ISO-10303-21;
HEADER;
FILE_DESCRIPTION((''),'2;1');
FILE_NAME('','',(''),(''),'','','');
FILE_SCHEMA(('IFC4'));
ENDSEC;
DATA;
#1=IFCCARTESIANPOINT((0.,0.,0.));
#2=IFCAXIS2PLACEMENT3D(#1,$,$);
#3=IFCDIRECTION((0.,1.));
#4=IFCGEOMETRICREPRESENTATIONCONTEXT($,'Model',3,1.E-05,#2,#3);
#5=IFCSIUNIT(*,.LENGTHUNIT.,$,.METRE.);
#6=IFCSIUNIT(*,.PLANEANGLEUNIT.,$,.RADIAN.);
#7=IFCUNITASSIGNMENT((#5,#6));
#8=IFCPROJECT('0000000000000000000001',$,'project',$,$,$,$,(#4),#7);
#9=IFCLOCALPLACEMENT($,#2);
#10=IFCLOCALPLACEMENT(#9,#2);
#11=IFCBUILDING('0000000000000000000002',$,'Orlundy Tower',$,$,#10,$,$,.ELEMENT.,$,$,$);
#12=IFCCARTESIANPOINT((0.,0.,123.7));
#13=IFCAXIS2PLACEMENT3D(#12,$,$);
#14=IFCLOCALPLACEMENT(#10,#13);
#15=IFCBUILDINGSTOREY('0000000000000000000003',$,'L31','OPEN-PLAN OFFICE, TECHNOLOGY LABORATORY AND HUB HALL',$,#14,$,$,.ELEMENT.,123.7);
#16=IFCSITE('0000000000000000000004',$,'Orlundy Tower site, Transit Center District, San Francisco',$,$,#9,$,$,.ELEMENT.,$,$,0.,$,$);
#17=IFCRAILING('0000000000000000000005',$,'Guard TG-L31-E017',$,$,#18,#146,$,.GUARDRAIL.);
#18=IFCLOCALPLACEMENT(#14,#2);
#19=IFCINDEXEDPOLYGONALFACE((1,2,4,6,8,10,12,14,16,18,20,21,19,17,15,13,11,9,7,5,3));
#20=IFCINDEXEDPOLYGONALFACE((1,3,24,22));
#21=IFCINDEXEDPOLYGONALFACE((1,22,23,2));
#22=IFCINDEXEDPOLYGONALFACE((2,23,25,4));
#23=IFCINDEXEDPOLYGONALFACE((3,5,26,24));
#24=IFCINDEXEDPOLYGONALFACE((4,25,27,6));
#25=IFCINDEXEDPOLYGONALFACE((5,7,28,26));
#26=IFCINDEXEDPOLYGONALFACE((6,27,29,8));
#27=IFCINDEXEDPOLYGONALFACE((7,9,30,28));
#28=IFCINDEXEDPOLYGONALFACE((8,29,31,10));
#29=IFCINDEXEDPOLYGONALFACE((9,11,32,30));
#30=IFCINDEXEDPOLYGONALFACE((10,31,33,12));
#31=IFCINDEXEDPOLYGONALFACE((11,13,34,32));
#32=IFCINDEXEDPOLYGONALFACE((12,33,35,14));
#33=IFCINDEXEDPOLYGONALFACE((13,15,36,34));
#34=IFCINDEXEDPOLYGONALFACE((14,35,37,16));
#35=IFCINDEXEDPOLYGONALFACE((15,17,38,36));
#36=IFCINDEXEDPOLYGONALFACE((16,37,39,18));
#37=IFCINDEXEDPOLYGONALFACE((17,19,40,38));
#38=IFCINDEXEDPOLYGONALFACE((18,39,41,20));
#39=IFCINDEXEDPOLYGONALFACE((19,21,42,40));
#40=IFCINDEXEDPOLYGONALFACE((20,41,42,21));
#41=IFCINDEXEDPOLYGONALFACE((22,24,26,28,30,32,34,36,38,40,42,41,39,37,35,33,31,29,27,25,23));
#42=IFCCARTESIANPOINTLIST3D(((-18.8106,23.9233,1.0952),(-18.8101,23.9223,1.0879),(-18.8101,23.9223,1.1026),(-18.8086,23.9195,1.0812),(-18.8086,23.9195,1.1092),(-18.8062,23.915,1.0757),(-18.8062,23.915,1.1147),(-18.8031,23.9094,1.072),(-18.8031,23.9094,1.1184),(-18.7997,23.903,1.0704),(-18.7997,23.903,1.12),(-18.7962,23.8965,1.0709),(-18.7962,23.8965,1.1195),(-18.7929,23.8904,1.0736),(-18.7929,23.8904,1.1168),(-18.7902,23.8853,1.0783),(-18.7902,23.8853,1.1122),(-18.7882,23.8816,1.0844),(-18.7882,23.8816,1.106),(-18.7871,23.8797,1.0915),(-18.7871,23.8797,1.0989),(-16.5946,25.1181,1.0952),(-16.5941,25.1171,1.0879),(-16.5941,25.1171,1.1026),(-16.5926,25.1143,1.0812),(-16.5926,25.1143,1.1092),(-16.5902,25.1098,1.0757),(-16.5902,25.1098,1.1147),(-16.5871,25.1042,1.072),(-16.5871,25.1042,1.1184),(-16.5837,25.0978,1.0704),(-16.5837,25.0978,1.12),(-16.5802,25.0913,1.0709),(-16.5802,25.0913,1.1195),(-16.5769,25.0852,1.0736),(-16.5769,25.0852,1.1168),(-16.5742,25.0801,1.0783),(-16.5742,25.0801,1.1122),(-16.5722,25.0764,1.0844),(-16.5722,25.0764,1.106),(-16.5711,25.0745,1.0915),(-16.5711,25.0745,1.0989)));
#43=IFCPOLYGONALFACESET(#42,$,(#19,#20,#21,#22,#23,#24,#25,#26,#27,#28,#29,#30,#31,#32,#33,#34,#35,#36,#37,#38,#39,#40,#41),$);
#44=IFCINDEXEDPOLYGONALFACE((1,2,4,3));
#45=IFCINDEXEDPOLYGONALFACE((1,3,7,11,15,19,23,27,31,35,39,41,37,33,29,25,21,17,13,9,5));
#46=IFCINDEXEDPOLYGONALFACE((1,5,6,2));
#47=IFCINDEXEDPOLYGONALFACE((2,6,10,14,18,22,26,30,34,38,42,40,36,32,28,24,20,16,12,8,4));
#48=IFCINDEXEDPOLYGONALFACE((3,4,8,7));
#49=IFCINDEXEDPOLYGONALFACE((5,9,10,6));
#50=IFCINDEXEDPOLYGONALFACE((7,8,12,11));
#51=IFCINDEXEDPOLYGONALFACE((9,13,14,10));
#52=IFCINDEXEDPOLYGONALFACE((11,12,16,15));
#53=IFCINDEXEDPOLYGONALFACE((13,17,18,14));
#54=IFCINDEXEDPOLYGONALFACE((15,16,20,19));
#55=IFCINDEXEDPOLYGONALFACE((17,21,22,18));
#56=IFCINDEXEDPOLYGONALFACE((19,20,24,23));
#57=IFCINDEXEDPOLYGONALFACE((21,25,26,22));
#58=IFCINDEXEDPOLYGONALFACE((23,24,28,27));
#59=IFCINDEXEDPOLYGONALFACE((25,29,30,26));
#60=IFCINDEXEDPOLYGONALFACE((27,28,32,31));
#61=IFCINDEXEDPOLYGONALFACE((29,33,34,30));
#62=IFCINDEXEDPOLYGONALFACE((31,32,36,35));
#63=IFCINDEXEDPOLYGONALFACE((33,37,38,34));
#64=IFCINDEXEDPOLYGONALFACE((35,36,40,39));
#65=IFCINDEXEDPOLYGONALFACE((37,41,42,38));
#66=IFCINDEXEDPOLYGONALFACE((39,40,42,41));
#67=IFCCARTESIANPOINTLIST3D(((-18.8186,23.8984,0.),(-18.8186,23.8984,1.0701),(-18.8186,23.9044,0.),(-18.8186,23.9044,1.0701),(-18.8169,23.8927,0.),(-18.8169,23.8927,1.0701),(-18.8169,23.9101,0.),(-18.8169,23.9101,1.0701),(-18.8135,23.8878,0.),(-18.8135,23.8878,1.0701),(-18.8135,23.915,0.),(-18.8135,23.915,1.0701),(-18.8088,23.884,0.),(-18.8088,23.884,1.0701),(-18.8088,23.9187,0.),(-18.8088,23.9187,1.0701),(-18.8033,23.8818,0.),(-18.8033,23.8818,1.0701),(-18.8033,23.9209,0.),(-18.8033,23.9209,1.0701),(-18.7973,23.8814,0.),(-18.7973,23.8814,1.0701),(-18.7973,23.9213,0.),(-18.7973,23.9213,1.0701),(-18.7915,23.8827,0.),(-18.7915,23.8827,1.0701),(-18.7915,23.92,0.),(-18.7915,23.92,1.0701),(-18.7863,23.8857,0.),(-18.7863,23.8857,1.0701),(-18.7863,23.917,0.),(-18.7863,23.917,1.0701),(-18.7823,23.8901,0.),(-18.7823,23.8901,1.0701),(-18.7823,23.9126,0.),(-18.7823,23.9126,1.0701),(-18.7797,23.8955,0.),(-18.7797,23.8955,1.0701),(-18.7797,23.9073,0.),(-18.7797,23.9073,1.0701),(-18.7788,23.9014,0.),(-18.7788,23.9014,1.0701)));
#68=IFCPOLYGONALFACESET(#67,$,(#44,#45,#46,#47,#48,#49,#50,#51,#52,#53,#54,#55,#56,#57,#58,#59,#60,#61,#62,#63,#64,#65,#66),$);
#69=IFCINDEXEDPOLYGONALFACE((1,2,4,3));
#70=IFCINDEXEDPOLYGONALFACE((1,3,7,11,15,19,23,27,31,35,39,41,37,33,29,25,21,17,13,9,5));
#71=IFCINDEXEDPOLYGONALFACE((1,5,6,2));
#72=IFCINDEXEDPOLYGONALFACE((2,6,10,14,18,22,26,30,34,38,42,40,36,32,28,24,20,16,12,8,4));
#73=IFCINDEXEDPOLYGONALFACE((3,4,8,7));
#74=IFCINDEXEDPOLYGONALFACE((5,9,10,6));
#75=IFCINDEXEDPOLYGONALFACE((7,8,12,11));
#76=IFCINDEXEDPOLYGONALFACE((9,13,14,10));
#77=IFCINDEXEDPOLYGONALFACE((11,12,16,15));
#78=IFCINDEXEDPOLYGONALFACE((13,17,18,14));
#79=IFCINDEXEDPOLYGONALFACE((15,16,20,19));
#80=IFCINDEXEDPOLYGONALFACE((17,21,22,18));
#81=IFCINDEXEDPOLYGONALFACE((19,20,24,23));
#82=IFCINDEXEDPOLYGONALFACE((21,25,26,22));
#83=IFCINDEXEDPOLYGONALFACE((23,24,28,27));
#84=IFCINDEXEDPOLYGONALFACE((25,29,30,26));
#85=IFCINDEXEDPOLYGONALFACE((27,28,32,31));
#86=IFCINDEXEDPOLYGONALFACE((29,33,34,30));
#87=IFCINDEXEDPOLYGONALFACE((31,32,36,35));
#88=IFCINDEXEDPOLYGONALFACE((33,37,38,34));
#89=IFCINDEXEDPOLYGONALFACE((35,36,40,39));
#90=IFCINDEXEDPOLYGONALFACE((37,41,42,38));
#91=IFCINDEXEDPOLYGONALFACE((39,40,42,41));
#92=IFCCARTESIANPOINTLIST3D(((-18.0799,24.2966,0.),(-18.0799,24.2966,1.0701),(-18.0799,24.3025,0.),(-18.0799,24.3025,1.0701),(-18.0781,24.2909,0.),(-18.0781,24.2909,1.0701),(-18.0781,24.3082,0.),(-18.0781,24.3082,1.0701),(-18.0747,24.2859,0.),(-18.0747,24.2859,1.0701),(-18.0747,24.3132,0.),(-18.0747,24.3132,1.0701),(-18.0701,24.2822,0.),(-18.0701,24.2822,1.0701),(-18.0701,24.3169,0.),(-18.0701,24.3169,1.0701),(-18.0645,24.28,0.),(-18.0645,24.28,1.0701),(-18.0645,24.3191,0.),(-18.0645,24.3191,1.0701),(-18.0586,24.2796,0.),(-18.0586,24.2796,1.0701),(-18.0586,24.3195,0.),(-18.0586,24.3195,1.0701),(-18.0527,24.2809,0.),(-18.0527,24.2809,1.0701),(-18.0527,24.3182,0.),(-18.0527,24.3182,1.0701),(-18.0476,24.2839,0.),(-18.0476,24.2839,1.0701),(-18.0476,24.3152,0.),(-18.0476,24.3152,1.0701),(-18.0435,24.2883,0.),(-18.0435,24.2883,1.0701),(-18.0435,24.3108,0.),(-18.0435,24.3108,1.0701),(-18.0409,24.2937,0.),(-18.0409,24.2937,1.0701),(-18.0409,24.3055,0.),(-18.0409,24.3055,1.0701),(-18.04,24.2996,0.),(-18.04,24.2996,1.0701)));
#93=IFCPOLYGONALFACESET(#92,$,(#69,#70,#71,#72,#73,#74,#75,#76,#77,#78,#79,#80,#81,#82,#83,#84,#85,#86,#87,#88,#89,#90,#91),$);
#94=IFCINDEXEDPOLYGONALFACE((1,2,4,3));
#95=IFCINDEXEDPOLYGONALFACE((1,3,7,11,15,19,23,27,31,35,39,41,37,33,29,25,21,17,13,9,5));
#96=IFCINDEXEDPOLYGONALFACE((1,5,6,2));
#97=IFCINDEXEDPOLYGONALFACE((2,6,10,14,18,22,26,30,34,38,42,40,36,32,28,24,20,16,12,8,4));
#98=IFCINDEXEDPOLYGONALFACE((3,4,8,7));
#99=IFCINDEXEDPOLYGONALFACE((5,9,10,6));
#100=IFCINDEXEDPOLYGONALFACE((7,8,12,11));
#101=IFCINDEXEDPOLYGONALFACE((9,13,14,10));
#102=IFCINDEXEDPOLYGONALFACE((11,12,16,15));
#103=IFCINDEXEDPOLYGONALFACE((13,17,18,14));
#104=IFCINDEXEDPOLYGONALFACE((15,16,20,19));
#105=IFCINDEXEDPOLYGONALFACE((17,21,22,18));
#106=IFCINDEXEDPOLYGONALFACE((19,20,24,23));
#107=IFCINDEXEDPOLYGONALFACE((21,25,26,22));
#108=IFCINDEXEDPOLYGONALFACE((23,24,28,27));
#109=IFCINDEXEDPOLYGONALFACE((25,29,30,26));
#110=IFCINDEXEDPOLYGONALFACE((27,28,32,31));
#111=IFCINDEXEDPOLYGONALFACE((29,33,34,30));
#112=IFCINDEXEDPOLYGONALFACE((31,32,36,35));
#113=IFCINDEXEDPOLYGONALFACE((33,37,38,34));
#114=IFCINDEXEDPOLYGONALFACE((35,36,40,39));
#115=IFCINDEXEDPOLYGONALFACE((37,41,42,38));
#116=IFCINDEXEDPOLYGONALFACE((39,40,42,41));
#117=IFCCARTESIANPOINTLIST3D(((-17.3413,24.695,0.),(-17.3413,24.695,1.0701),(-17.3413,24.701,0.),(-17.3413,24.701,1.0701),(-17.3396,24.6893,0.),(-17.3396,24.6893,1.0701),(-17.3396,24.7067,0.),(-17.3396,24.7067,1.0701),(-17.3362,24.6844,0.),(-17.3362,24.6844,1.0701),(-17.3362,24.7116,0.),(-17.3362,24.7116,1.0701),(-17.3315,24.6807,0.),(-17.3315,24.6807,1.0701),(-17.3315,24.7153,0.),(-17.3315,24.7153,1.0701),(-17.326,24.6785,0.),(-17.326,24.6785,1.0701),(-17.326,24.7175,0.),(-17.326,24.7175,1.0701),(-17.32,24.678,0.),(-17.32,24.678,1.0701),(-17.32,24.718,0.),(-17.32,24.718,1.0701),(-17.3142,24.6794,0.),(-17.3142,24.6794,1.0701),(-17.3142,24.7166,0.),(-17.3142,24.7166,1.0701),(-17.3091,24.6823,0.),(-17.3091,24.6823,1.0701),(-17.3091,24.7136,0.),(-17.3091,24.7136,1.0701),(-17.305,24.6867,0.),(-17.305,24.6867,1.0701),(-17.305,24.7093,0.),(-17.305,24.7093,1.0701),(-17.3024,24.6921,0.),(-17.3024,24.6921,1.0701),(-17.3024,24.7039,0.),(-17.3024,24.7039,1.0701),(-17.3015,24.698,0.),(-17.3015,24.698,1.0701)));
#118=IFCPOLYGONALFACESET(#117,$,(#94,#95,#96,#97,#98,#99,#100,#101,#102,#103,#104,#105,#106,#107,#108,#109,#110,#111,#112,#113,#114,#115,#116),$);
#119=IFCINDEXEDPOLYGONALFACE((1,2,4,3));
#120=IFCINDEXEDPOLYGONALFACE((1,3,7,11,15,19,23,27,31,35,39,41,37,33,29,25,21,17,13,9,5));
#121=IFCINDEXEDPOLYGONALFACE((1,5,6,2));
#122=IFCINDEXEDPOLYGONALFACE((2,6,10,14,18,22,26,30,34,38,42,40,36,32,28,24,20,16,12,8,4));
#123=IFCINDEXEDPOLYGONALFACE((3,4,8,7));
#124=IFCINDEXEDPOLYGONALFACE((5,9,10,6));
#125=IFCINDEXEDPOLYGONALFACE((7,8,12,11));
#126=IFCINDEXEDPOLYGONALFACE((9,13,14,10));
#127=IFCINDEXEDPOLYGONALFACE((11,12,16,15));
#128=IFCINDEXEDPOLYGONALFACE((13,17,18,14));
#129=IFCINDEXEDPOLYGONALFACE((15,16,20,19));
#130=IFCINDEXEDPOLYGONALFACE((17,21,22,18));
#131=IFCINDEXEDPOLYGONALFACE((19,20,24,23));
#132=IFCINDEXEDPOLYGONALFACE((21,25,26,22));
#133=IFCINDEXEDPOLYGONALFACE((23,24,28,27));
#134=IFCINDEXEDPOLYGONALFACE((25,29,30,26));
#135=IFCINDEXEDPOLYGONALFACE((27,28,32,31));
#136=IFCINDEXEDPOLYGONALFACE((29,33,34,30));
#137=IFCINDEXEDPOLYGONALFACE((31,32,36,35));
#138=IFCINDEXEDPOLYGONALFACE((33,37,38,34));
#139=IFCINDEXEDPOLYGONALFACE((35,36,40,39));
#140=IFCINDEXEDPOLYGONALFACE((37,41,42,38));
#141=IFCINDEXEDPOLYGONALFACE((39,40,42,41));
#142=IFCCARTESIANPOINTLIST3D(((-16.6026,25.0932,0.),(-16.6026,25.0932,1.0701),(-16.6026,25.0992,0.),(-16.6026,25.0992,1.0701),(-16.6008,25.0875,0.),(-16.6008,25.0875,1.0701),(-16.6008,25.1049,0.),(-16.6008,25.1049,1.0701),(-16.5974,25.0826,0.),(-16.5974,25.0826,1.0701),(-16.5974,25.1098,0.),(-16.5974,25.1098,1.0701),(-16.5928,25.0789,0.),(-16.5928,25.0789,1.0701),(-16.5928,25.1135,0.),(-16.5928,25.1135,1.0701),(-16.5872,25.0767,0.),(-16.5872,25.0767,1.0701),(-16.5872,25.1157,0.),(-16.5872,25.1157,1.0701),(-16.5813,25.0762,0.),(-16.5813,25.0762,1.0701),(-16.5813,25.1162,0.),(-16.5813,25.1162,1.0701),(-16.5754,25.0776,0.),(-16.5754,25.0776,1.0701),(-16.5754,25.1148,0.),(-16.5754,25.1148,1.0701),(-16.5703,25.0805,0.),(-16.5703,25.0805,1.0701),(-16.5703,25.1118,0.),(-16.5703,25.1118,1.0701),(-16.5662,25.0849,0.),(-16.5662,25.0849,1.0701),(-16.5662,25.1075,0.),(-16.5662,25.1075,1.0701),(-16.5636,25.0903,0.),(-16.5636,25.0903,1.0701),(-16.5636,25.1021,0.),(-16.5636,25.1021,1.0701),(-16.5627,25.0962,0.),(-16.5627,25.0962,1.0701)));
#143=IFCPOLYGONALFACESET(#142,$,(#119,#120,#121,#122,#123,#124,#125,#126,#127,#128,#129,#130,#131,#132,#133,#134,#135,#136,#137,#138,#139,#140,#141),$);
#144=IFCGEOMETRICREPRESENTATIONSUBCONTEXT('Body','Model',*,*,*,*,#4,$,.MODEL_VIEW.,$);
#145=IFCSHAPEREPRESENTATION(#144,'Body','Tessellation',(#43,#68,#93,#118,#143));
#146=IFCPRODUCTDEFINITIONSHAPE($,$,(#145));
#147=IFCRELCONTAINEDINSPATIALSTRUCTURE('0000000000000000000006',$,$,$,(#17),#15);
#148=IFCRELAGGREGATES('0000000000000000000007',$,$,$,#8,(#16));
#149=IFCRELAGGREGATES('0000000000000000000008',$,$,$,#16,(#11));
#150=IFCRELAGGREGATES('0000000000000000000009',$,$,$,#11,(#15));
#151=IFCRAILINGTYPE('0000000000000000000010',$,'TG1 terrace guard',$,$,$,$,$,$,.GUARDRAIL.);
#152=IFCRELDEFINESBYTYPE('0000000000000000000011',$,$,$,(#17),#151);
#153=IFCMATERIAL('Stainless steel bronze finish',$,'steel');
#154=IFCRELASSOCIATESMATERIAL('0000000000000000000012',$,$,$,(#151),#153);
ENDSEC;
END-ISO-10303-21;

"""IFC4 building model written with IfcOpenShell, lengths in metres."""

from ifc_helpers import new_model, si_unit, direction, frame, origin, origin_2d, place, context, subcontext, project, spatial, circle, extrude, material, type_object, element, save


model = new_model("IFC4")

# Units and contexts
model_context = context("Model", 3, precision=1e-05, world=origin(), true_north=direction((0.0, 1.0)))
body_context = subcontext(model_context, "Body", "Model", "MODEL_VIEW")
ifc_project = project(units=[si_unit("LENGTHUNIT", "METRE"), si_unit("PLANEANGLEUNIT", "RADIAN")], contexts=[model_context])

# Site, building, storey
site_placement = place(None, origin())
site = spatial("IfcSite", under=ifc_project, at=site_placement, Name="Orlundy Tower site, Transit Center District, San Francisco", CompositionType="ELEMENT", RefElevation=0.0)
building_placement = place(site_placement, origin())
building = spatial("IfcBuilding", under=site, at=building_placement, Name="Orlundy Tower", CompositionType="ELEMENT")
storey_placement = place(building_placement, frame((0.0, 0.0, 123.7)))
storey = spatial("IfcBuildingStorey", under=building, at=storey_placement, Name="L31", Description="OPEN-PLAN OFFICE, TECHNOLOGY LABORATORY AND HUB HALL", CompositionType="ELEMENT", Elevation=123.7)

# Railing
ifc_material_1 = material(Name="Stainless steel bronze finish", Category="steel")
railing_type = type_object("IfcRailingType", Name="TG1 terrace guard", PredefinedType="GUARDRAIL", material=ifc_material_1)
railing_1_placement = place(storey_placement, frame((-18.7988, 23.9014, 0.0)))
element("IfcRailing", 1, at=railing_1_placement, inside=storey, type_object=railing_type, Name="Guard TG-L31-E017", PredefinedType="GUARDRAIL", context=body_context, shape_type="SweptSolid", body=[
    extrude(circle(Radius=0.0249, at=origin_2d()), frame((0.0, 0.0, 1.0952), z_axis=(0.880213, 0.47458, 0.0), x_axis=(-0.47458, 0.880213, 0.0)), (0.0, 0.0, 1.0), 2.5176),
    extrude(circle(Radius=0.02, at=origin_2d()), origin(), (0.0, 0.0, 1.0), 1.0701),
    extrude(circle(Radius=0.02, at=origin_2d()), frame((0.7388, 0.3982, 0.0)), (0.0, 0.0, 1.0), 1.0701),
    extrude(circle(Radius=0.02, at=origin_2d()), frame((1.4773, 0.7966, 0.0)), (0.0, 0.0, 1.0), 1.0701),
    extrude(circle(Radius=0.02, at=origin_2d()), frame((2.2161, 1.1948, 0.0)), (0.0, 0.0, 1.0), 1.0701),
])

save(model, "model.ifc")
